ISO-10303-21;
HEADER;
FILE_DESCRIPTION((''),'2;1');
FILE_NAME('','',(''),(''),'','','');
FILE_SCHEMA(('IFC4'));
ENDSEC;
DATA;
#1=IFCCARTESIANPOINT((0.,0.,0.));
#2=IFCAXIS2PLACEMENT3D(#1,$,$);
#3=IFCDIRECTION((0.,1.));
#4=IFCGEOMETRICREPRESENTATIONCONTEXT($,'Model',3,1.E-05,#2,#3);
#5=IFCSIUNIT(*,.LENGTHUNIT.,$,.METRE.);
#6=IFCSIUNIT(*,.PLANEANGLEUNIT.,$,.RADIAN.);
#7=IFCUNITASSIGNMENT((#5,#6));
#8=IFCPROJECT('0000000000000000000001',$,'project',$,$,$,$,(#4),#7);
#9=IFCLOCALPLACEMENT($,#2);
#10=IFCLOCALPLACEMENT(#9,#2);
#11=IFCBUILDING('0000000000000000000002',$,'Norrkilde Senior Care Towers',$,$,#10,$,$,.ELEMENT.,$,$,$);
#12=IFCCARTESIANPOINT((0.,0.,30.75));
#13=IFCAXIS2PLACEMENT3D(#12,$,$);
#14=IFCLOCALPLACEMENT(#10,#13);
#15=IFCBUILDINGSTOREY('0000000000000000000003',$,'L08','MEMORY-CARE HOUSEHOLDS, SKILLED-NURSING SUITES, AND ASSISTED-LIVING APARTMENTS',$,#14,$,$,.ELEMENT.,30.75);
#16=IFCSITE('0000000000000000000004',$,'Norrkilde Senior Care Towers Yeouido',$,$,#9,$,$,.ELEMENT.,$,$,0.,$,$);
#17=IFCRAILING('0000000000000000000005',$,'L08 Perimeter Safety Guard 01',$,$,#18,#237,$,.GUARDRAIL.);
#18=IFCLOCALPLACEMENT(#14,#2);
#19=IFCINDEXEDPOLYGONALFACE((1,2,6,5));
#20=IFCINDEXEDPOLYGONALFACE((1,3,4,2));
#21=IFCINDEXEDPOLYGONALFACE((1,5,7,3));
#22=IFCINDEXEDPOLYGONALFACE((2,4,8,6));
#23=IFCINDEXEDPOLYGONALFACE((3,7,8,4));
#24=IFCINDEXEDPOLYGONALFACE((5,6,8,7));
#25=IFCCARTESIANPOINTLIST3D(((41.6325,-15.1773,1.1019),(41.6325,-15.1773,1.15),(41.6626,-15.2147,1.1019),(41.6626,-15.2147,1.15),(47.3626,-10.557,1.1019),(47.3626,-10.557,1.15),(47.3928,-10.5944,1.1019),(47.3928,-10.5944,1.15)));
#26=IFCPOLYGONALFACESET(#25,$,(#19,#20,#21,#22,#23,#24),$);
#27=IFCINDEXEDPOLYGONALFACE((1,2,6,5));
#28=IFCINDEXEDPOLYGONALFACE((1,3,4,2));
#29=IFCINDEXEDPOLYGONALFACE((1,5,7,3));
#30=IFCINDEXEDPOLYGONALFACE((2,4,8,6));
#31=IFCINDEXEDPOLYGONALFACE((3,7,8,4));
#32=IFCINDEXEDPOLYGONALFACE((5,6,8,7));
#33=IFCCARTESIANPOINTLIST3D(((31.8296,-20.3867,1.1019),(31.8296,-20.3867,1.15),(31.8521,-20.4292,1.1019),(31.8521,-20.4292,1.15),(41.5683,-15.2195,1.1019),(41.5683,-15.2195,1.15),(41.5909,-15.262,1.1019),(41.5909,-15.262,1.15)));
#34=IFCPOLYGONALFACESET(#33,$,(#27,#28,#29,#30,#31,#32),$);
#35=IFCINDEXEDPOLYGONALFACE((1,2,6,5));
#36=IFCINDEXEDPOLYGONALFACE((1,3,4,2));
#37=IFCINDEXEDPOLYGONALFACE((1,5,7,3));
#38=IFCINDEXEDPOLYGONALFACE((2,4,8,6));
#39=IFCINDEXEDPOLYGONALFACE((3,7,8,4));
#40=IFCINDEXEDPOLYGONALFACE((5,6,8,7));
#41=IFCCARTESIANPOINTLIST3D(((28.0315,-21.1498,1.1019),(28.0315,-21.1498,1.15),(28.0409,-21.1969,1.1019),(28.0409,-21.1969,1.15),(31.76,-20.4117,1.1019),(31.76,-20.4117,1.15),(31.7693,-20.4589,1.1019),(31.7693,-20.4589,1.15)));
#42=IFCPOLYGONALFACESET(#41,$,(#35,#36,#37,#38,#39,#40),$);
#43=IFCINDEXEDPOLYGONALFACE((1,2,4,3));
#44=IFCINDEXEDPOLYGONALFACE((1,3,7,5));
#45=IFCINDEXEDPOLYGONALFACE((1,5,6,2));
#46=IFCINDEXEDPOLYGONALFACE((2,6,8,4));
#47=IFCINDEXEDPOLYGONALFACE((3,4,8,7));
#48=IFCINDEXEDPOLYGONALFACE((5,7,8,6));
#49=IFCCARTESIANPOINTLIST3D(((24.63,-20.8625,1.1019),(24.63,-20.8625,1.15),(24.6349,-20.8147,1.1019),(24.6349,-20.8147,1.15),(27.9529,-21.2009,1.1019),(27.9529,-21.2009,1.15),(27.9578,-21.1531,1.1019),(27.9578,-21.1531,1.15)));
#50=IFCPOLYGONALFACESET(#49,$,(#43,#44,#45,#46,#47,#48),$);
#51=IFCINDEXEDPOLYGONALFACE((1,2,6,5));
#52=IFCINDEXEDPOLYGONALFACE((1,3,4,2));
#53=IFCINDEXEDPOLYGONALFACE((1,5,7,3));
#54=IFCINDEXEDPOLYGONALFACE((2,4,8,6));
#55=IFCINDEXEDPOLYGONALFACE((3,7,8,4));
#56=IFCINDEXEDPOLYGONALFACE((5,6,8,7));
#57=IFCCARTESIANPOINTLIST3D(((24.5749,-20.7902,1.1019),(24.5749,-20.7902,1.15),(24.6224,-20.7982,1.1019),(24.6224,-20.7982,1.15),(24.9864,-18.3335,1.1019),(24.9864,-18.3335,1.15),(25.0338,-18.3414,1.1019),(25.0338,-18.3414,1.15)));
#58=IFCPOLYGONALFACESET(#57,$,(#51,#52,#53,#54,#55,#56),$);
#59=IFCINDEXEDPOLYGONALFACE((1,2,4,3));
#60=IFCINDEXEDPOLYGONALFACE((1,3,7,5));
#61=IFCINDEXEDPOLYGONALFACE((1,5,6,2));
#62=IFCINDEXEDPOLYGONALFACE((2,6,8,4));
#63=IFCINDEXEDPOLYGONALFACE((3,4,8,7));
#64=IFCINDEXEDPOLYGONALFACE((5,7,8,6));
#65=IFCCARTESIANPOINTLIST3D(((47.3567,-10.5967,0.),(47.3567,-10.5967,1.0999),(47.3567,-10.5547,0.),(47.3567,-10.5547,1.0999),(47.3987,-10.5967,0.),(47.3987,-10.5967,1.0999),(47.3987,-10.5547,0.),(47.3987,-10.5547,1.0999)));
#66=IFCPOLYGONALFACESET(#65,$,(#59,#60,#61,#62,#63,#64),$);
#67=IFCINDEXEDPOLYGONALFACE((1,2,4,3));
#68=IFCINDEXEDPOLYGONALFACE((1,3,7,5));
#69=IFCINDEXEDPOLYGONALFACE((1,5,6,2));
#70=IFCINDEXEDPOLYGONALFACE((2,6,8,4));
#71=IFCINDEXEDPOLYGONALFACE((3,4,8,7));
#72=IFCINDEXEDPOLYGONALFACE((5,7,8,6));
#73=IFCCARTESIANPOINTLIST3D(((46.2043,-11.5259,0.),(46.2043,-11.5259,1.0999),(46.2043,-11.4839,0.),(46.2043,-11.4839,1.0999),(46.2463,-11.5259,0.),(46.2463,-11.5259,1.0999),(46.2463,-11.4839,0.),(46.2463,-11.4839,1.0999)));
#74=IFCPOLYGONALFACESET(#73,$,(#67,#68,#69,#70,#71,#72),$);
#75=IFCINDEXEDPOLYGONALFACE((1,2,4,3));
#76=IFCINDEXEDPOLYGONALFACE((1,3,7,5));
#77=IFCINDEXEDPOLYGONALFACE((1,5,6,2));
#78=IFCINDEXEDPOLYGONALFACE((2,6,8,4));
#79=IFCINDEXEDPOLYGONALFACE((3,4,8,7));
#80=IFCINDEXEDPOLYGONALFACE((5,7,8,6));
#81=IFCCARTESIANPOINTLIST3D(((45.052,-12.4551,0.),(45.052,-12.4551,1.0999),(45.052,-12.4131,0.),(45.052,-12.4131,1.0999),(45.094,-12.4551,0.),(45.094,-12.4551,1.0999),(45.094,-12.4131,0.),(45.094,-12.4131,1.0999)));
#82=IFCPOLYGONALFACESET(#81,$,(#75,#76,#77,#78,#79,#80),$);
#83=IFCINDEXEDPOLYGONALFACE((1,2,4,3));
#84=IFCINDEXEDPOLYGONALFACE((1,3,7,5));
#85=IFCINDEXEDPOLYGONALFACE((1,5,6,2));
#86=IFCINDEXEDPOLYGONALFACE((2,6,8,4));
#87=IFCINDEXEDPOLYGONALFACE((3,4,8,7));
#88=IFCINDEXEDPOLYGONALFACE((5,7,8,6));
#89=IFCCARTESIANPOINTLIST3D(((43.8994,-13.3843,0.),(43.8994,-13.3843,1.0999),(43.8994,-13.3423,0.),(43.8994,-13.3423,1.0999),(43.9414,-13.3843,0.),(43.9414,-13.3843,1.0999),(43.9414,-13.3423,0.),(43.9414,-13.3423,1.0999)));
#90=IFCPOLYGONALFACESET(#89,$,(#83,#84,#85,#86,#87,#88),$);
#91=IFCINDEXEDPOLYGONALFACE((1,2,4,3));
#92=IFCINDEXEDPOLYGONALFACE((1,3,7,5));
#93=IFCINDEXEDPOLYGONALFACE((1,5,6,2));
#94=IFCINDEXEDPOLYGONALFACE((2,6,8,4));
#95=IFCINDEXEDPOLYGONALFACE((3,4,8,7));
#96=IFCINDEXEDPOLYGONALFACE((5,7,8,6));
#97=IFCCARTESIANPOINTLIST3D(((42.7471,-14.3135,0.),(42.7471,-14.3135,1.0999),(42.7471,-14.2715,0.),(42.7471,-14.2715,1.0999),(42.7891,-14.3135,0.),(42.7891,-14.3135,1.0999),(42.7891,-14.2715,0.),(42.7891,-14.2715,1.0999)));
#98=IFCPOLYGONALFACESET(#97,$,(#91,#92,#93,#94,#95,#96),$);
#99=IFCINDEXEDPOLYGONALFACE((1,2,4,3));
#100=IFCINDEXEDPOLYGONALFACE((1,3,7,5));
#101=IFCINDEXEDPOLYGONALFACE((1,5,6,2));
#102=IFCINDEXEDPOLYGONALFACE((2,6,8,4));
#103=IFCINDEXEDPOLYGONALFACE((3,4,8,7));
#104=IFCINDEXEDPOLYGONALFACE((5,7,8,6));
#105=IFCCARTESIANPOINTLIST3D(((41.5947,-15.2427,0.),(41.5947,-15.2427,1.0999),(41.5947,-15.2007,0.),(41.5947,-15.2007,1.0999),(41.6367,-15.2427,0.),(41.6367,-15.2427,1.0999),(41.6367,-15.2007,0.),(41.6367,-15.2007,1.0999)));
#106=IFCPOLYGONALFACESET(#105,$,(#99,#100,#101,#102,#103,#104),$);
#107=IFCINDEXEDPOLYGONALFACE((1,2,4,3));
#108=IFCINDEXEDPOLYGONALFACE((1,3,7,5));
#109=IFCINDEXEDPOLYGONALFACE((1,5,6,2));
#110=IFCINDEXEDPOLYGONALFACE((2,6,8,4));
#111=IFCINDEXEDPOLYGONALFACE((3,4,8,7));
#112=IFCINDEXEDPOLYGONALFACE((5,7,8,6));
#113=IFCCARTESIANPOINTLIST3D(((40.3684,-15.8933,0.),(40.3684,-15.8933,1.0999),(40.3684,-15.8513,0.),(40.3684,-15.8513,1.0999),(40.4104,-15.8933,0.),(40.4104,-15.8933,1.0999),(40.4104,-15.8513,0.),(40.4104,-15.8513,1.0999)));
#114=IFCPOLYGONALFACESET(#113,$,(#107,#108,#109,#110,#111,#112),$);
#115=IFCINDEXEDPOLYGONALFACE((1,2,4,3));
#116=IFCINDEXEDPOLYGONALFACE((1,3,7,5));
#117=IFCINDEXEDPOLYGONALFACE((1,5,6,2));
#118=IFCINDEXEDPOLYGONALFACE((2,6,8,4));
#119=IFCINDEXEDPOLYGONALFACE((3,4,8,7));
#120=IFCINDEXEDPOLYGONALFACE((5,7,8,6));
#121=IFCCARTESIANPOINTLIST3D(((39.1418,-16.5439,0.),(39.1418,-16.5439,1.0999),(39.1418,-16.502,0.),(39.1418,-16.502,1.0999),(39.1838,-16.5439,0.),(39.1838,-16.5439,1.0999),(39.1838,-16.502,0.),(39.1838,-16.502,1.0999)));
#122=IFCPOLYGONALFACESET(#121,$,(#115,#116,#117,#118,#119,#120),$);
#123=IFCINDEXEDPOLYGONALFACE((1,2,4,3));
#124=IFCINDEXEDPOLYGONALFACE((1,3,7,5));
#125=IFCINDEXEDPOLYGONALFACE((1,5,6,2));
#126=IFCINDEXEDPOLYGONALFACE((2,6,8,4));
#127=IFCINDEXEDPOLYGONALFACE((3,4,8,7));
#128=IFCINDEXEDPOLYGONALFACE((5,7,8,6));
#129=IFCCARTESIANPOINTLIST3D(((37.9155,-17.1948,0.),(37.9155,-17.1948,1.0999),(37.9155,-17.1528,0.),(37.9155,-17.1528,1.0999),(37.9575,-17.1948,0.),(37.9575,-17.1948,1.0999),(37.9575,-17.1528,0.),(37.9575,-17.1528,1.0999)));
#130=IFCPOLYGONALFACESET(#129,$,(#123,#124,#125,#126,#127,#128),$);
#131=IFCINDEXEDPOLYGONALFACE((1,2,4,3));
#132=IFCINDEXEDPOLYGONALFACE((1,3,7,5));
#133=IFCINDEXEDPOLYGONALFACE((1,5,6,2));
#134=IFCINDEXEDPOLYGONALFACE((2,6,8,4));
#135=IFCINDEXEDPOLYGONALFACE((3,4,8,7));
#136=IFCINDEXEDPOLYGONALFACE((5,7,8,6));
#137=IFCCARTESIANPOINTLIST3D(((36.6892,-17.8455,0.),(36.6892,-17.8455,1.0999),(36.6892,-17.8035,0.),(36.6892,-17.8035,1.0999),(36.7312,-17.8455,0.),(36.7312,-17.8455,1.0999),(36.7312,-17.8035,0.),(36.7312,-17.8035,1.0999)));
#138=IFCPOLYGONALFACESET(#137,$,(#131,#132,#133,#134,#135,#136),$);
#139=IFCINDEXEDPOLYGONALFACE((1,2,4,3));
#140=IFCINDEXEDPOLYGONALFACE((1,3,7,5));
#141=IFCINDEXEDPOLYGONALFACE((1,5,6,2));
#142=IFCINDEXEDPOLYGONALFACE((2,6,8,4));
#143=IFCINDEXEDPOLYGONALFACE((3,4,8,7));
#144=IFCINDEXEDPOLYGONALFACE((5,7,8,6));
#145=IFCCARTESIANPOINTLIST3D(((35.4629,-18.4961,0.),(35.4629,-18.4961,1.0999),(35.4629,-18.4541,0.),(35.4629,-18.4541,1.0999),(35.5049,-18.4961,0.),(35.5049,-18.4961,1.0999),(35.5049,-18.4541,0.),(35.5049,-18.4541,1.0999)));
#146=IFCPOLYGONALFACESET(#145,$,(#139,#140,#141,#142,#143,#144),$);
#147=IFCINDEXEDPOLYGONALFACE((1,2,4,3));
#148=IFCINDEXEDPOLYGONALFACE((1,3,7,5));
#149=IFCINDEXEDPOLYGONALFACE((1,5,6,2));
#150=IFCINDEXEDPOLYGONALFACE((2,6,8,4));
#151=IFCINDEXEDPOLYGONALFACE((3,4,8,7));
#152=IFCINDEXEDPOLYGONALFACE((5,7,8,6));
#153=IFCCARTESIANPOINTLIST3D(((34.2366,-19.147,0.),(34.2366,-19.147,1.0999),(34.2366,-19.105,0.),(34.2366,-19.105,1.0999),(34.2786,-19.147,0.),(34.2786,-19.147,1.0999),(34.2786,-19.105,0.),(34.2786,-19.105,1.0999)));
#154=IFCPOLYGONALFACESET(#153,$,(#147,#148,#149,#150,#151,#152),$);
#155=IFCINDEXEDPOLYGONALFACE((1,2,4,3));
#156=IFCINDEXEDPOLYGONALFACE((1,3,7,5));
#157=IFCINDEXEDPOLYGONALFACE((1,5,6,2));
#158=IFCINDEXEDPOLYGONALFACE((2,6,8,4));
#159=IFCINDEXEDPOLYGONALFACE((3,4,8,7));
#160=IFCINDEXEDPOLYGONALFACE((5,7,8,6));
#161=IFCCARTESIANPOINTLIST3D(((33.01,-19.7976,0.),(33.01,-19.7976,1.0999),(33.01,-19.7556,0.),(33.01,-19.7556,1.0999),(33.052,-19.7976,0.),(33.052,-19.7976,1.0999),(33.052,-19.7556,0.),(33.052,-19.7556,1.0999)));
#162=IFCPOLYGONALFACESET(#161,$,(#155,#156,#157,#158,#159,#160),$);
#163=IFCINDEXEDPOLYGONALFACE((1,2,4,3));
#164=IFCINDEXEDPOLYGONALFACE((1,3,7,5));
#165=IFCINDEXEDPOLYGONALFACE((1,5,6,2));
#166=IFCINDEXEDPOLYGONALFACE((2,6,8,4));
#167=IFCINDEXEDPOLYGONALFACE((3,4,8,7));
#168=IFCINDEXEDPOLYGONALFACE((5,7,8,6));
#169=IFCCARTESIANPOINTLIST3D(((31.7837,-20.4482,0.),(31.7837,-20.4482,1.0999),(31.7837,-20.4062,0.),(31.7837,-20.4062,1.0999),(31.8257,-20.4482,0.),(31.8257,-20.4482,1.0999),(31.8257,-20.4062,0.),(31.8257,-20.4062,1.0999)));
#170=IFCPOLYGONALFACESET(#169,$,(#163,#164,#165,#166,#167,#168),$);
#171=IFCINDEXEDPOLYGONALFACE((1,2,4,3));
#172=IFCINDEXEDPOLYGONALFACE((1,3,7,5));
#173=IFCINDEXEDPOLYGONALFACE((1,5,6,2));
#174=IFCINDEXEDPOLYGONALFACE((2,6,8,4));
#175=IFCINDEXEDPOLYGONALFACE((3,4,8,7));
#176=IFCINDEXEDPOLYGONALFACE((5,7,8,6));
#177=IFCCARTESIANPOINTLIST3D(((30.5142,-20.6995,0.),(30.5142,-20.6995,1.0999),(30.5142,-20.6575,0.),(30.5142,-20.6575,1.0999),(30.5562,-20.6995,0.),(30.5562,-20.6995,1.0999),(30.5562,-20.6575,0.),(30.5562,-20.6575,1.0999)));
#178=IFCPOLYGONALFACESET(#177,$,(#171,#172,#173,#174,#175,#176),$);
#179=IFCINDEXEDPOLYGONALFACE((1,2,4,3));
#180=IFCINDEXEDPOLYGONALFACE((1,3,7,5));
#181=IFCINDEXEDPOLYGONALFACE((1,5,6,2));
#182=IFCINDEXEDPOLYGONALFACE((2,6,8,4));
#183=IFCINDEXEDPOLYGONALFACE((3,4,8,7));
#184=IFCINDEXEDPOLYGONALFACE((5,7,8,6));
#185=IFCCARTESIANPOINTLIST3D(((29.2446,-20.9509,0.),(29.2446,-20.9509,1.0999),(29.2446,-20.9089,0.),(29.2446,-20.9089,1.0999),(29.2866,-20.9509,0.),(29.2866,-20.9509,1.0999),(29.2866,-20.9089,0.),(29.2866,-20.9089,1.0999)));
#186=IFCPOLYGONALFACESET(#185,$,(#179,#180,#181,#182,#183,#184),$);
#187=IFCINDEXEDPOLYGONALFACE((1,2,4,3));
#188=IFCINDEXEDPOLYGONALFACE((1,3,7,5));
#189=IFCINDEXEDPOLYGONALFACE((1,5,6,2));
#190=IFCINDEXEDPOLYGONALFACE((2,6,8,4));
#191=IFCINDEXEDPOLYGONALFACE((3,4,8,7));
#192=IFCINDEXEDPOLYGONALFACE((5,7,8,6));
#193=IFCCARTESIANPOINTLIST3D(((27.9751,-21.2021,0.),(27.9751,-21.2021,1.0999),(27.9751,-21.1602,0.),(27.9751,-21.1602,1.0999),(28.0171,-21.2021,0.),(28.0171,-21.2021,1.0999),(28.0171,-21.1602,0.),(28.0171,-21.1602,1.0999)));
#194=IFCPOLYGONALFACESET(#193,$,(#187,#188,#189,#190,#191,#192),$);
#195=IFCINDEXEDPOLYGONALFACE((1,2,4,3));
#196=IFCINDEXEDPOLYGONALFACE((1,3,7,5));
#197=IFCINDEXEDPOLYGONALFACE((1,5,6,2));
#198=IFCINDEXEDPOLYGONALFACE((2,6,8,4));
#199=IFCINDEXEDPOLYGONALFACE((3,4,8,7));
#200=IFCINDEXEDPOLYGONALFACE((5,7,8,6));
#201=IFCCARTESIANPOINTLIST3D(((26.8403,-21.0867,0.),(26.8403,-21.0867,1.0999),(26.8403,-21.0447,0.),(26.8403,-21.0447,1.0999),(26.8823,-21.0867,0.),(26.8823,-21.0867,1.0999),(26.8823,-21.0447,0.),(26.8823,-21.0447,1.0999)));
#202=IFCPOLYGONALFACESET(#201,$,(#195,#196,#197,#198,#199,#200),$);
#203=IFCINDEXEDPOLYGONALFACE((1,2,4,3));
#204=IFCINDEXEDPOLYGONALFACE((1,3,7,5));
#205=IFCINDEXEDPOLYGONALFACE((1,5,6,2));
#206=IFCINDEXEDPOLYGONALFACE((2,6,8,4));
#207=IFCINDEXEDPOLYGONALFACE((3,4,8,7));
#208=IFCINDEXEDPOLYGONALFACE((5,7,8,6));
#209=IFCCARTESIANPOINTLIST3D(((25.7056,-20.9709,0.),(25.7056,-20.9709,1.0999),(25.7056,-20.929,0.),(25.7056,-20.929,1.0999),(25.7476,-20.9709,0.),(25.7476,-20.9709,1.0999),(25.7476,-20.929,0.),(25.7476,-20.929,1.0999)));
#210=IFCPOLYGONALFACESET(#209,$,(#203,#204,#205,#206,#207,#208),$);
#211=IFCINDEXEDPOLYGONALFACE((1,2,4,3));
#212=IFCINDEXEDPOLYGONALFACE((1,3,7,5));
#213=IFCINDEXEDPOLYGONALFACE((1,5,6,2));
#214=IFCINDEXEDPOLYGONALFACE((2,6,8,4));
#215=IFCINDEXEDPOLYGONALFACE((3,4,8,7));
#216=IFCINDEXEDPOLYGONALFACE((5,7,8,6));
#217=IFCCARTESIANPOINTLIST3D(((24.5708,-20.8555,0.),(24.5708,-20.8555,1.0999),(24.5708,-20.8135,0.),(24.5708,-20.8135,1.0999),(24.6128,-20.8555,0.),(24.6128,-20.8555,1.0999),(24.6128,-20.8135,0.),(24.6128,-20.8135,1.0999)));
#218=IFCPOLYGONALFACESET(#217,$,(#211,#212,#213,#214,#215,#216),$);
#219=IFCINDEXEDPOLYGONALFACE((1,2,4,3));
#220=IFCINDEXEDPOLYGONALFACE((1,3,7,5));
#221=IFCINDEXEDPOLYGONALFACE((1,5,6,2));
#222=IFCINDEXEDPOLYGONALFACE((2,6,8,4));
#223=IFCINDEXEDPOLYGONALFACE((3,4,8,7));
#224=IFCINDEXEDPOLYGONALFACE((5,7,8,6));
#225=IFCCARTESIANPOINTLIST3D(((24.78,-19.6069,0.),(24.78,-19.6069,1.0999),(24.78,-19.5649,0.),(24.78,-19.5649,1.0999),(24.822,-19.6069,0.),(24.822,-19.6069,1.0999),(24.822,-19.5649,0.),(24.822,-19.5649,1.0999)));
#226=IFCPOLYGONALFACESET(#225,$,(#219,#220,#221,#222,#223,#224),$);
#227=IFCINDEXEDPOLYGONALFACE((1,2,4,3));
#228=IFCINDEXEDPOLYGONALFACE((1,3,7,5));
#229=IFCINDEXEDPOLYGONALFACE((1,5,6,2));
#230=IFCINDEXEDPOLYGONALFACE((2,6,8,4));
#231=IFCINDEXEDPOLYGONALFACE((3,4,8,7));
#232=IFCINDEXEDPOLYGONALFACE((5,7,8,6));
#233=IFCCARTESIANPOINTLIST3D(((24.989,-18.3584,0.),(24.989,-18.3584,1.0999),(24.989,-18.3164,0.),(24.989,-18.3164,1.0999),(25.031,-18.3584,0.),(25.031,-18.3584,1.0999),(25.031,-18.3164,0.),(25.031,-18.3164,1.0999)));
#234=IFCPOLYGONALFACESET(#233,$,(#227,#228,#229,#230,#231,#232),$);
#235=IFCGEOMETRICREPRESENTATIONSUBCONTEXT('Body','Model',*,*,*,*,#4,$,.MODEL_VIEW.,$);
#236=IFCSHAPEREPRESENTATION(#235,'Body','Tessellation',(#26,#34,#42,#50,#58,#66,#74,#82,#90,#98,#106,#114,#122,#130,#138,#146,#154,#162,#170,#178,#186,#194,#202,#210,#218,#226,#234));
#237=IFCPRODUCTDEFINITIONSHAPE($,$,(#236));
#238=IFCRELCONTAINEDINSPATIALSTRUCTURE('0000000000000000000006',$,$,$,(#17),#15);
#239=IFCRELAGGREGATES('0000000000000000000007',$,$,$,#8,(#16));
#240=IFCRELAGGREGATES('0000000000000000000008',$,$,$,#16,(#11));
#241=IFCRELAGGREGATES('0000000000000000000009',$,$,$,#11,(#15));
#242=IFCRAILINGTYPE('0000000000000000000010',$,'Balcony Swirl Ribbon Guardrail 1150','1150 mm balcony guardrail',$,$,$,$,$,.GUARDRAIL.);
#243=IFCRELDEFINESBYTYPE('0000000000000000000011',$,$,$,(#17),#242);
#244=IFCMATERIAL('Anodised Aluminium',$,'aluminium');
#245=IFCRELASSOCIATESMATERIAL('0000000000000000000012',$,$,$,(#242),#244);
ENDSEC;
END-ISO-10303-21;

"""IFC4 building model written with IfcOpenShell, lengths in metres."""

from ifc_helpers import new_model, si_unit, direction, frame, origin, origin_2d, place, context, subcontext, project, spatial, rectangle, extrude, material, type_object, element, save


model = new_model("IFC4")

# Units and contexts
model_context = context("Model", 3, precision=1e-05, world=origin(), true_north=direction((0.0, 1.0)))
body_context = subcontext(model_context, "Body", "Model", "MODEL_VIEW")
ifc_project = project(units=[si_unit("LENGTHUNIT", "METRE"), si_unit("PLANEANGLEUNIT", "RADIAN")], contexts=[model_context])

# Site, building, storey
site_placement = place(None, origin())
site = spatial("IfcSite", under=ifc_project, at=site_placement, Name="Norrkilde Senior Care Towers Yeouido", CompositionType="ELEMENT", RefElevation=0.0)
building_placement = place(site_placement, origin())
building = spatial("IfcBuilding", under=site, at=building_placement, Name="Norrkilde Senior Care Towers", CompositionType="ELEMENT")
storey_placement = place(building_placement, frame((0.0, 0.0, 30.75)))
storey = spatial("IfcBuildingStorey", under=building, at=storey_placement, Name="L08", Description="MEMORY-CARE HOUSEHOLDS, SKILLED-NURSING SUITES, AND ASSISTED-LIVING APARTMENTS", CompositionType="ELEMENT", Elevation=30.75)

# Shared definitions
ifc_material_1 = material(Name="Anodised Aluminium", Category="aluminium")

# Railing
railing_type = type_object("IfcRailingType", Name="Balcony Swirl Ribbon Guardrail 1150", Description="1150 mm balcony guardrail", PredefinedType="GUARDRAIL", material=ifc_material_1)
railing_placement = place(storey_placement, frame((47.3777, -10.5757, 0.0)))
element("IfcRailing", 1, at=railing_placement, inside=storey, type_object=railing_type, Name="L08 Perimeter Safety Guard 01", PredefinedType="GUARDRAIL", context=body_context, shape_type="SweptSolid", body=[
    extrude(rectangle(XDim=0.0481, YDim=0.0481, at=origin_2d()), frame((0.0, 0.0, 1.126), z_axis=(-0.778462, -0.627691, 0.0), x_axis=(0.627691, -0.778462, 0.0)), (0.0, 0.0, 1.0), 7.3608),
    extrude(rectangle(XDim=0.0481, YDim=0.0481, at=origin_2d()), frame((-5.7981, -4.665, 1.126), z_axis=(-0.88336, -0.468696, 0.0), x_axis=(0.468696, -0.88336, 0.0)), (0.0, 0.0, 1.0), 11.0247),
    extrude(rectangle(XDim=0.0481, YDim=0.0481, at=origin_2d()), frame((-15.613, -9.8596, 1.126), z_axis=(-0.980966, -0.194181, 0.0), x_axis=(0.194181, -0.980966, 0.0)), (0.0, 0.0, 1.0), 3.8008),
    extrude(rectangle(XDim=0.0481, YDim=0.0481, at=origin_2d()), frame((-19.4224, -10.6013, 1.126), z_axis=(-0.994855, 0.101312, 0.0), x_axis=(-0.101312, -0.994855, 0.0)), (0.0, 0.0, 1.0), 3.3401),
    extrude(rectangle(XDim=0.0481, YDim=0.0481, at=origin_2d()), frame((-22.7791, -10.2185, 1.126), z_axis=(0.165181, 0.986263, 0.0), x_axis=(-0.986263, 0.165181, 0.0)), (0.0, 0.0, 1.0), 2.491),
    extrude(rectangle(XDim=0.042, YDim=0.042, at=origin_2d()), origin(), (0.0, 0.0, 1.0), 1.0999),
    extrude(rectangle(XDim=0.042, YDim=0.042, at=origin_2d()), frame((-1.1523, -0.9292, 0.0)), (0.0, 0.0, 1.0), 1.0999),
    extrude(rectangle(XDim=0.042, YDim=0.042, at=origin_2d()), frame((-2.3047, -1.8584, 0.0)), (0.0, 0.0, 1.0), 1.0999),
    extrude(rectangle(XDim=0.042, YDim=0.042, at=origin_2d()), frame((-3.4573, -2.7876, 0.0)), (0.0, 0.0, 1.0), 1.0999),
    extrude(rectangle(XDim=0.042, YDim=0.042, at=origin_2d()), frame((-4.6096, -3.7168, 0.0)), (0.0, 0.0, 1.0), 1.0999),
    extrude(rectangle(XDim=0.042, YDim=0.042, at=origin_2d()), frame((-5.762, -4.646, 0.0)), (0.0, 0.0, 1.0), 1.0999),
    extrude(rectangle(XDim=0.042, YDim=0.042, at=origin_2d()), frame((-6.9883, -5.2966, 0.0)), (0.0, 0.0, 1.0), 1.0999),
    extrude(rectangle(XDim=0.042, YDim=0.042, at=origin_2d()), frame((-8.2148, -5.9473, 0.0)), (0.0, 0.0, 1.0), 1.0999),
    extrude(rectangle(XDim=0.042, YDim=0.042, at=origin_2d()), frame((-9.4412, -6.5981, 0.0)), (0.0, 0.0, 1.0), 1.0999),
    extrude(rectangle(XDim=0.042, YDim=0.042, at=origin_2d()), frame((-10.6675, -7.2488, 0.0)), (0.0, 0.0, 1.0), 1.0999),
    extrude(rectangle(XDim=0.042, YDim=0.042, at=origin_2d()), frame((-11.8938, -7.8994, 0.0)), (0.0, 0.0, 1.0), 1.0999),
    extrude(rectangle(XDim=0.042, YDim=0.042, at=origin_2d()), frame((-13.1201, -8.5503, 0.0)), (0.0, 0.0, 1.0), 1.0999),
    extrude(rectangle(XDim=0.042, YDim=0.042, at=origin_2d()), frame((-14.3467, -9.2009, 0.0)), (0.0, 0.0, 1.0), 1.0999),
    extrude(rectangle(XDim=0.042, YDim=0.042, at=origin_2d()), frame((-15.573, -9.8516, 0.0)), (0.0, 0.0, 1.0), 1.0999),
    extrude(rectangle(XDim=0.042, YDim=0.042, at=origin_2d()), frame((-16.8425, -10.1028, 0.0)), (0.0, 0.0, 1.0), 1.0999),
    extrude(rectangle(XDim=0.042, YDim=0.042, at=origin_2d()), frame((-18.1121, -10.3542, 0.0)), (0.0, 0.0, 1.0), 1.0999),
    extrude(rectangle(XDim=0.042, YDim=0.042, at=origin_2d()), frame((-19.3816, -10.6055, 0.0)), (0.0, 0.0, 1.0), 1.0999),
    extrude(rectangle(XDim=0.042, YDim=0.042, at=origin_2d()), frame((-20.5164, -10.49, 0.0)), (0.0, 0.0, 1.0), 1.0999),
    extrude(rectangle(XDim=0.042, YDim=0.042, at=origin_2d()), frame((-21.6511, -10.3743, 0.0)), (0.0, 0.0, 1.0), 1.0999),
    extrude(rectangle(XDim=0.042, YDim=0.042, at=origin_2d()), frame((-22.7859, -10.2588, 0.0)), (0.0, 0.0, 1.0), 1.0999),
    extrude(rectangle(XDim=0.042, YDim=0.042, at=origin_2d()), frame((-22.5767, -9.0103, 0.0)), (0.0, 0.0, 1.0), 1.0999),
    extrude(rectangle(XDim=0.042, YDim=0.042, at=origin_2d()), frame((-22.3677, -7.7617, 0.0)), (0.0, 0.0, 1.0), 1.0999),
])

save(model, "model.ifc")
